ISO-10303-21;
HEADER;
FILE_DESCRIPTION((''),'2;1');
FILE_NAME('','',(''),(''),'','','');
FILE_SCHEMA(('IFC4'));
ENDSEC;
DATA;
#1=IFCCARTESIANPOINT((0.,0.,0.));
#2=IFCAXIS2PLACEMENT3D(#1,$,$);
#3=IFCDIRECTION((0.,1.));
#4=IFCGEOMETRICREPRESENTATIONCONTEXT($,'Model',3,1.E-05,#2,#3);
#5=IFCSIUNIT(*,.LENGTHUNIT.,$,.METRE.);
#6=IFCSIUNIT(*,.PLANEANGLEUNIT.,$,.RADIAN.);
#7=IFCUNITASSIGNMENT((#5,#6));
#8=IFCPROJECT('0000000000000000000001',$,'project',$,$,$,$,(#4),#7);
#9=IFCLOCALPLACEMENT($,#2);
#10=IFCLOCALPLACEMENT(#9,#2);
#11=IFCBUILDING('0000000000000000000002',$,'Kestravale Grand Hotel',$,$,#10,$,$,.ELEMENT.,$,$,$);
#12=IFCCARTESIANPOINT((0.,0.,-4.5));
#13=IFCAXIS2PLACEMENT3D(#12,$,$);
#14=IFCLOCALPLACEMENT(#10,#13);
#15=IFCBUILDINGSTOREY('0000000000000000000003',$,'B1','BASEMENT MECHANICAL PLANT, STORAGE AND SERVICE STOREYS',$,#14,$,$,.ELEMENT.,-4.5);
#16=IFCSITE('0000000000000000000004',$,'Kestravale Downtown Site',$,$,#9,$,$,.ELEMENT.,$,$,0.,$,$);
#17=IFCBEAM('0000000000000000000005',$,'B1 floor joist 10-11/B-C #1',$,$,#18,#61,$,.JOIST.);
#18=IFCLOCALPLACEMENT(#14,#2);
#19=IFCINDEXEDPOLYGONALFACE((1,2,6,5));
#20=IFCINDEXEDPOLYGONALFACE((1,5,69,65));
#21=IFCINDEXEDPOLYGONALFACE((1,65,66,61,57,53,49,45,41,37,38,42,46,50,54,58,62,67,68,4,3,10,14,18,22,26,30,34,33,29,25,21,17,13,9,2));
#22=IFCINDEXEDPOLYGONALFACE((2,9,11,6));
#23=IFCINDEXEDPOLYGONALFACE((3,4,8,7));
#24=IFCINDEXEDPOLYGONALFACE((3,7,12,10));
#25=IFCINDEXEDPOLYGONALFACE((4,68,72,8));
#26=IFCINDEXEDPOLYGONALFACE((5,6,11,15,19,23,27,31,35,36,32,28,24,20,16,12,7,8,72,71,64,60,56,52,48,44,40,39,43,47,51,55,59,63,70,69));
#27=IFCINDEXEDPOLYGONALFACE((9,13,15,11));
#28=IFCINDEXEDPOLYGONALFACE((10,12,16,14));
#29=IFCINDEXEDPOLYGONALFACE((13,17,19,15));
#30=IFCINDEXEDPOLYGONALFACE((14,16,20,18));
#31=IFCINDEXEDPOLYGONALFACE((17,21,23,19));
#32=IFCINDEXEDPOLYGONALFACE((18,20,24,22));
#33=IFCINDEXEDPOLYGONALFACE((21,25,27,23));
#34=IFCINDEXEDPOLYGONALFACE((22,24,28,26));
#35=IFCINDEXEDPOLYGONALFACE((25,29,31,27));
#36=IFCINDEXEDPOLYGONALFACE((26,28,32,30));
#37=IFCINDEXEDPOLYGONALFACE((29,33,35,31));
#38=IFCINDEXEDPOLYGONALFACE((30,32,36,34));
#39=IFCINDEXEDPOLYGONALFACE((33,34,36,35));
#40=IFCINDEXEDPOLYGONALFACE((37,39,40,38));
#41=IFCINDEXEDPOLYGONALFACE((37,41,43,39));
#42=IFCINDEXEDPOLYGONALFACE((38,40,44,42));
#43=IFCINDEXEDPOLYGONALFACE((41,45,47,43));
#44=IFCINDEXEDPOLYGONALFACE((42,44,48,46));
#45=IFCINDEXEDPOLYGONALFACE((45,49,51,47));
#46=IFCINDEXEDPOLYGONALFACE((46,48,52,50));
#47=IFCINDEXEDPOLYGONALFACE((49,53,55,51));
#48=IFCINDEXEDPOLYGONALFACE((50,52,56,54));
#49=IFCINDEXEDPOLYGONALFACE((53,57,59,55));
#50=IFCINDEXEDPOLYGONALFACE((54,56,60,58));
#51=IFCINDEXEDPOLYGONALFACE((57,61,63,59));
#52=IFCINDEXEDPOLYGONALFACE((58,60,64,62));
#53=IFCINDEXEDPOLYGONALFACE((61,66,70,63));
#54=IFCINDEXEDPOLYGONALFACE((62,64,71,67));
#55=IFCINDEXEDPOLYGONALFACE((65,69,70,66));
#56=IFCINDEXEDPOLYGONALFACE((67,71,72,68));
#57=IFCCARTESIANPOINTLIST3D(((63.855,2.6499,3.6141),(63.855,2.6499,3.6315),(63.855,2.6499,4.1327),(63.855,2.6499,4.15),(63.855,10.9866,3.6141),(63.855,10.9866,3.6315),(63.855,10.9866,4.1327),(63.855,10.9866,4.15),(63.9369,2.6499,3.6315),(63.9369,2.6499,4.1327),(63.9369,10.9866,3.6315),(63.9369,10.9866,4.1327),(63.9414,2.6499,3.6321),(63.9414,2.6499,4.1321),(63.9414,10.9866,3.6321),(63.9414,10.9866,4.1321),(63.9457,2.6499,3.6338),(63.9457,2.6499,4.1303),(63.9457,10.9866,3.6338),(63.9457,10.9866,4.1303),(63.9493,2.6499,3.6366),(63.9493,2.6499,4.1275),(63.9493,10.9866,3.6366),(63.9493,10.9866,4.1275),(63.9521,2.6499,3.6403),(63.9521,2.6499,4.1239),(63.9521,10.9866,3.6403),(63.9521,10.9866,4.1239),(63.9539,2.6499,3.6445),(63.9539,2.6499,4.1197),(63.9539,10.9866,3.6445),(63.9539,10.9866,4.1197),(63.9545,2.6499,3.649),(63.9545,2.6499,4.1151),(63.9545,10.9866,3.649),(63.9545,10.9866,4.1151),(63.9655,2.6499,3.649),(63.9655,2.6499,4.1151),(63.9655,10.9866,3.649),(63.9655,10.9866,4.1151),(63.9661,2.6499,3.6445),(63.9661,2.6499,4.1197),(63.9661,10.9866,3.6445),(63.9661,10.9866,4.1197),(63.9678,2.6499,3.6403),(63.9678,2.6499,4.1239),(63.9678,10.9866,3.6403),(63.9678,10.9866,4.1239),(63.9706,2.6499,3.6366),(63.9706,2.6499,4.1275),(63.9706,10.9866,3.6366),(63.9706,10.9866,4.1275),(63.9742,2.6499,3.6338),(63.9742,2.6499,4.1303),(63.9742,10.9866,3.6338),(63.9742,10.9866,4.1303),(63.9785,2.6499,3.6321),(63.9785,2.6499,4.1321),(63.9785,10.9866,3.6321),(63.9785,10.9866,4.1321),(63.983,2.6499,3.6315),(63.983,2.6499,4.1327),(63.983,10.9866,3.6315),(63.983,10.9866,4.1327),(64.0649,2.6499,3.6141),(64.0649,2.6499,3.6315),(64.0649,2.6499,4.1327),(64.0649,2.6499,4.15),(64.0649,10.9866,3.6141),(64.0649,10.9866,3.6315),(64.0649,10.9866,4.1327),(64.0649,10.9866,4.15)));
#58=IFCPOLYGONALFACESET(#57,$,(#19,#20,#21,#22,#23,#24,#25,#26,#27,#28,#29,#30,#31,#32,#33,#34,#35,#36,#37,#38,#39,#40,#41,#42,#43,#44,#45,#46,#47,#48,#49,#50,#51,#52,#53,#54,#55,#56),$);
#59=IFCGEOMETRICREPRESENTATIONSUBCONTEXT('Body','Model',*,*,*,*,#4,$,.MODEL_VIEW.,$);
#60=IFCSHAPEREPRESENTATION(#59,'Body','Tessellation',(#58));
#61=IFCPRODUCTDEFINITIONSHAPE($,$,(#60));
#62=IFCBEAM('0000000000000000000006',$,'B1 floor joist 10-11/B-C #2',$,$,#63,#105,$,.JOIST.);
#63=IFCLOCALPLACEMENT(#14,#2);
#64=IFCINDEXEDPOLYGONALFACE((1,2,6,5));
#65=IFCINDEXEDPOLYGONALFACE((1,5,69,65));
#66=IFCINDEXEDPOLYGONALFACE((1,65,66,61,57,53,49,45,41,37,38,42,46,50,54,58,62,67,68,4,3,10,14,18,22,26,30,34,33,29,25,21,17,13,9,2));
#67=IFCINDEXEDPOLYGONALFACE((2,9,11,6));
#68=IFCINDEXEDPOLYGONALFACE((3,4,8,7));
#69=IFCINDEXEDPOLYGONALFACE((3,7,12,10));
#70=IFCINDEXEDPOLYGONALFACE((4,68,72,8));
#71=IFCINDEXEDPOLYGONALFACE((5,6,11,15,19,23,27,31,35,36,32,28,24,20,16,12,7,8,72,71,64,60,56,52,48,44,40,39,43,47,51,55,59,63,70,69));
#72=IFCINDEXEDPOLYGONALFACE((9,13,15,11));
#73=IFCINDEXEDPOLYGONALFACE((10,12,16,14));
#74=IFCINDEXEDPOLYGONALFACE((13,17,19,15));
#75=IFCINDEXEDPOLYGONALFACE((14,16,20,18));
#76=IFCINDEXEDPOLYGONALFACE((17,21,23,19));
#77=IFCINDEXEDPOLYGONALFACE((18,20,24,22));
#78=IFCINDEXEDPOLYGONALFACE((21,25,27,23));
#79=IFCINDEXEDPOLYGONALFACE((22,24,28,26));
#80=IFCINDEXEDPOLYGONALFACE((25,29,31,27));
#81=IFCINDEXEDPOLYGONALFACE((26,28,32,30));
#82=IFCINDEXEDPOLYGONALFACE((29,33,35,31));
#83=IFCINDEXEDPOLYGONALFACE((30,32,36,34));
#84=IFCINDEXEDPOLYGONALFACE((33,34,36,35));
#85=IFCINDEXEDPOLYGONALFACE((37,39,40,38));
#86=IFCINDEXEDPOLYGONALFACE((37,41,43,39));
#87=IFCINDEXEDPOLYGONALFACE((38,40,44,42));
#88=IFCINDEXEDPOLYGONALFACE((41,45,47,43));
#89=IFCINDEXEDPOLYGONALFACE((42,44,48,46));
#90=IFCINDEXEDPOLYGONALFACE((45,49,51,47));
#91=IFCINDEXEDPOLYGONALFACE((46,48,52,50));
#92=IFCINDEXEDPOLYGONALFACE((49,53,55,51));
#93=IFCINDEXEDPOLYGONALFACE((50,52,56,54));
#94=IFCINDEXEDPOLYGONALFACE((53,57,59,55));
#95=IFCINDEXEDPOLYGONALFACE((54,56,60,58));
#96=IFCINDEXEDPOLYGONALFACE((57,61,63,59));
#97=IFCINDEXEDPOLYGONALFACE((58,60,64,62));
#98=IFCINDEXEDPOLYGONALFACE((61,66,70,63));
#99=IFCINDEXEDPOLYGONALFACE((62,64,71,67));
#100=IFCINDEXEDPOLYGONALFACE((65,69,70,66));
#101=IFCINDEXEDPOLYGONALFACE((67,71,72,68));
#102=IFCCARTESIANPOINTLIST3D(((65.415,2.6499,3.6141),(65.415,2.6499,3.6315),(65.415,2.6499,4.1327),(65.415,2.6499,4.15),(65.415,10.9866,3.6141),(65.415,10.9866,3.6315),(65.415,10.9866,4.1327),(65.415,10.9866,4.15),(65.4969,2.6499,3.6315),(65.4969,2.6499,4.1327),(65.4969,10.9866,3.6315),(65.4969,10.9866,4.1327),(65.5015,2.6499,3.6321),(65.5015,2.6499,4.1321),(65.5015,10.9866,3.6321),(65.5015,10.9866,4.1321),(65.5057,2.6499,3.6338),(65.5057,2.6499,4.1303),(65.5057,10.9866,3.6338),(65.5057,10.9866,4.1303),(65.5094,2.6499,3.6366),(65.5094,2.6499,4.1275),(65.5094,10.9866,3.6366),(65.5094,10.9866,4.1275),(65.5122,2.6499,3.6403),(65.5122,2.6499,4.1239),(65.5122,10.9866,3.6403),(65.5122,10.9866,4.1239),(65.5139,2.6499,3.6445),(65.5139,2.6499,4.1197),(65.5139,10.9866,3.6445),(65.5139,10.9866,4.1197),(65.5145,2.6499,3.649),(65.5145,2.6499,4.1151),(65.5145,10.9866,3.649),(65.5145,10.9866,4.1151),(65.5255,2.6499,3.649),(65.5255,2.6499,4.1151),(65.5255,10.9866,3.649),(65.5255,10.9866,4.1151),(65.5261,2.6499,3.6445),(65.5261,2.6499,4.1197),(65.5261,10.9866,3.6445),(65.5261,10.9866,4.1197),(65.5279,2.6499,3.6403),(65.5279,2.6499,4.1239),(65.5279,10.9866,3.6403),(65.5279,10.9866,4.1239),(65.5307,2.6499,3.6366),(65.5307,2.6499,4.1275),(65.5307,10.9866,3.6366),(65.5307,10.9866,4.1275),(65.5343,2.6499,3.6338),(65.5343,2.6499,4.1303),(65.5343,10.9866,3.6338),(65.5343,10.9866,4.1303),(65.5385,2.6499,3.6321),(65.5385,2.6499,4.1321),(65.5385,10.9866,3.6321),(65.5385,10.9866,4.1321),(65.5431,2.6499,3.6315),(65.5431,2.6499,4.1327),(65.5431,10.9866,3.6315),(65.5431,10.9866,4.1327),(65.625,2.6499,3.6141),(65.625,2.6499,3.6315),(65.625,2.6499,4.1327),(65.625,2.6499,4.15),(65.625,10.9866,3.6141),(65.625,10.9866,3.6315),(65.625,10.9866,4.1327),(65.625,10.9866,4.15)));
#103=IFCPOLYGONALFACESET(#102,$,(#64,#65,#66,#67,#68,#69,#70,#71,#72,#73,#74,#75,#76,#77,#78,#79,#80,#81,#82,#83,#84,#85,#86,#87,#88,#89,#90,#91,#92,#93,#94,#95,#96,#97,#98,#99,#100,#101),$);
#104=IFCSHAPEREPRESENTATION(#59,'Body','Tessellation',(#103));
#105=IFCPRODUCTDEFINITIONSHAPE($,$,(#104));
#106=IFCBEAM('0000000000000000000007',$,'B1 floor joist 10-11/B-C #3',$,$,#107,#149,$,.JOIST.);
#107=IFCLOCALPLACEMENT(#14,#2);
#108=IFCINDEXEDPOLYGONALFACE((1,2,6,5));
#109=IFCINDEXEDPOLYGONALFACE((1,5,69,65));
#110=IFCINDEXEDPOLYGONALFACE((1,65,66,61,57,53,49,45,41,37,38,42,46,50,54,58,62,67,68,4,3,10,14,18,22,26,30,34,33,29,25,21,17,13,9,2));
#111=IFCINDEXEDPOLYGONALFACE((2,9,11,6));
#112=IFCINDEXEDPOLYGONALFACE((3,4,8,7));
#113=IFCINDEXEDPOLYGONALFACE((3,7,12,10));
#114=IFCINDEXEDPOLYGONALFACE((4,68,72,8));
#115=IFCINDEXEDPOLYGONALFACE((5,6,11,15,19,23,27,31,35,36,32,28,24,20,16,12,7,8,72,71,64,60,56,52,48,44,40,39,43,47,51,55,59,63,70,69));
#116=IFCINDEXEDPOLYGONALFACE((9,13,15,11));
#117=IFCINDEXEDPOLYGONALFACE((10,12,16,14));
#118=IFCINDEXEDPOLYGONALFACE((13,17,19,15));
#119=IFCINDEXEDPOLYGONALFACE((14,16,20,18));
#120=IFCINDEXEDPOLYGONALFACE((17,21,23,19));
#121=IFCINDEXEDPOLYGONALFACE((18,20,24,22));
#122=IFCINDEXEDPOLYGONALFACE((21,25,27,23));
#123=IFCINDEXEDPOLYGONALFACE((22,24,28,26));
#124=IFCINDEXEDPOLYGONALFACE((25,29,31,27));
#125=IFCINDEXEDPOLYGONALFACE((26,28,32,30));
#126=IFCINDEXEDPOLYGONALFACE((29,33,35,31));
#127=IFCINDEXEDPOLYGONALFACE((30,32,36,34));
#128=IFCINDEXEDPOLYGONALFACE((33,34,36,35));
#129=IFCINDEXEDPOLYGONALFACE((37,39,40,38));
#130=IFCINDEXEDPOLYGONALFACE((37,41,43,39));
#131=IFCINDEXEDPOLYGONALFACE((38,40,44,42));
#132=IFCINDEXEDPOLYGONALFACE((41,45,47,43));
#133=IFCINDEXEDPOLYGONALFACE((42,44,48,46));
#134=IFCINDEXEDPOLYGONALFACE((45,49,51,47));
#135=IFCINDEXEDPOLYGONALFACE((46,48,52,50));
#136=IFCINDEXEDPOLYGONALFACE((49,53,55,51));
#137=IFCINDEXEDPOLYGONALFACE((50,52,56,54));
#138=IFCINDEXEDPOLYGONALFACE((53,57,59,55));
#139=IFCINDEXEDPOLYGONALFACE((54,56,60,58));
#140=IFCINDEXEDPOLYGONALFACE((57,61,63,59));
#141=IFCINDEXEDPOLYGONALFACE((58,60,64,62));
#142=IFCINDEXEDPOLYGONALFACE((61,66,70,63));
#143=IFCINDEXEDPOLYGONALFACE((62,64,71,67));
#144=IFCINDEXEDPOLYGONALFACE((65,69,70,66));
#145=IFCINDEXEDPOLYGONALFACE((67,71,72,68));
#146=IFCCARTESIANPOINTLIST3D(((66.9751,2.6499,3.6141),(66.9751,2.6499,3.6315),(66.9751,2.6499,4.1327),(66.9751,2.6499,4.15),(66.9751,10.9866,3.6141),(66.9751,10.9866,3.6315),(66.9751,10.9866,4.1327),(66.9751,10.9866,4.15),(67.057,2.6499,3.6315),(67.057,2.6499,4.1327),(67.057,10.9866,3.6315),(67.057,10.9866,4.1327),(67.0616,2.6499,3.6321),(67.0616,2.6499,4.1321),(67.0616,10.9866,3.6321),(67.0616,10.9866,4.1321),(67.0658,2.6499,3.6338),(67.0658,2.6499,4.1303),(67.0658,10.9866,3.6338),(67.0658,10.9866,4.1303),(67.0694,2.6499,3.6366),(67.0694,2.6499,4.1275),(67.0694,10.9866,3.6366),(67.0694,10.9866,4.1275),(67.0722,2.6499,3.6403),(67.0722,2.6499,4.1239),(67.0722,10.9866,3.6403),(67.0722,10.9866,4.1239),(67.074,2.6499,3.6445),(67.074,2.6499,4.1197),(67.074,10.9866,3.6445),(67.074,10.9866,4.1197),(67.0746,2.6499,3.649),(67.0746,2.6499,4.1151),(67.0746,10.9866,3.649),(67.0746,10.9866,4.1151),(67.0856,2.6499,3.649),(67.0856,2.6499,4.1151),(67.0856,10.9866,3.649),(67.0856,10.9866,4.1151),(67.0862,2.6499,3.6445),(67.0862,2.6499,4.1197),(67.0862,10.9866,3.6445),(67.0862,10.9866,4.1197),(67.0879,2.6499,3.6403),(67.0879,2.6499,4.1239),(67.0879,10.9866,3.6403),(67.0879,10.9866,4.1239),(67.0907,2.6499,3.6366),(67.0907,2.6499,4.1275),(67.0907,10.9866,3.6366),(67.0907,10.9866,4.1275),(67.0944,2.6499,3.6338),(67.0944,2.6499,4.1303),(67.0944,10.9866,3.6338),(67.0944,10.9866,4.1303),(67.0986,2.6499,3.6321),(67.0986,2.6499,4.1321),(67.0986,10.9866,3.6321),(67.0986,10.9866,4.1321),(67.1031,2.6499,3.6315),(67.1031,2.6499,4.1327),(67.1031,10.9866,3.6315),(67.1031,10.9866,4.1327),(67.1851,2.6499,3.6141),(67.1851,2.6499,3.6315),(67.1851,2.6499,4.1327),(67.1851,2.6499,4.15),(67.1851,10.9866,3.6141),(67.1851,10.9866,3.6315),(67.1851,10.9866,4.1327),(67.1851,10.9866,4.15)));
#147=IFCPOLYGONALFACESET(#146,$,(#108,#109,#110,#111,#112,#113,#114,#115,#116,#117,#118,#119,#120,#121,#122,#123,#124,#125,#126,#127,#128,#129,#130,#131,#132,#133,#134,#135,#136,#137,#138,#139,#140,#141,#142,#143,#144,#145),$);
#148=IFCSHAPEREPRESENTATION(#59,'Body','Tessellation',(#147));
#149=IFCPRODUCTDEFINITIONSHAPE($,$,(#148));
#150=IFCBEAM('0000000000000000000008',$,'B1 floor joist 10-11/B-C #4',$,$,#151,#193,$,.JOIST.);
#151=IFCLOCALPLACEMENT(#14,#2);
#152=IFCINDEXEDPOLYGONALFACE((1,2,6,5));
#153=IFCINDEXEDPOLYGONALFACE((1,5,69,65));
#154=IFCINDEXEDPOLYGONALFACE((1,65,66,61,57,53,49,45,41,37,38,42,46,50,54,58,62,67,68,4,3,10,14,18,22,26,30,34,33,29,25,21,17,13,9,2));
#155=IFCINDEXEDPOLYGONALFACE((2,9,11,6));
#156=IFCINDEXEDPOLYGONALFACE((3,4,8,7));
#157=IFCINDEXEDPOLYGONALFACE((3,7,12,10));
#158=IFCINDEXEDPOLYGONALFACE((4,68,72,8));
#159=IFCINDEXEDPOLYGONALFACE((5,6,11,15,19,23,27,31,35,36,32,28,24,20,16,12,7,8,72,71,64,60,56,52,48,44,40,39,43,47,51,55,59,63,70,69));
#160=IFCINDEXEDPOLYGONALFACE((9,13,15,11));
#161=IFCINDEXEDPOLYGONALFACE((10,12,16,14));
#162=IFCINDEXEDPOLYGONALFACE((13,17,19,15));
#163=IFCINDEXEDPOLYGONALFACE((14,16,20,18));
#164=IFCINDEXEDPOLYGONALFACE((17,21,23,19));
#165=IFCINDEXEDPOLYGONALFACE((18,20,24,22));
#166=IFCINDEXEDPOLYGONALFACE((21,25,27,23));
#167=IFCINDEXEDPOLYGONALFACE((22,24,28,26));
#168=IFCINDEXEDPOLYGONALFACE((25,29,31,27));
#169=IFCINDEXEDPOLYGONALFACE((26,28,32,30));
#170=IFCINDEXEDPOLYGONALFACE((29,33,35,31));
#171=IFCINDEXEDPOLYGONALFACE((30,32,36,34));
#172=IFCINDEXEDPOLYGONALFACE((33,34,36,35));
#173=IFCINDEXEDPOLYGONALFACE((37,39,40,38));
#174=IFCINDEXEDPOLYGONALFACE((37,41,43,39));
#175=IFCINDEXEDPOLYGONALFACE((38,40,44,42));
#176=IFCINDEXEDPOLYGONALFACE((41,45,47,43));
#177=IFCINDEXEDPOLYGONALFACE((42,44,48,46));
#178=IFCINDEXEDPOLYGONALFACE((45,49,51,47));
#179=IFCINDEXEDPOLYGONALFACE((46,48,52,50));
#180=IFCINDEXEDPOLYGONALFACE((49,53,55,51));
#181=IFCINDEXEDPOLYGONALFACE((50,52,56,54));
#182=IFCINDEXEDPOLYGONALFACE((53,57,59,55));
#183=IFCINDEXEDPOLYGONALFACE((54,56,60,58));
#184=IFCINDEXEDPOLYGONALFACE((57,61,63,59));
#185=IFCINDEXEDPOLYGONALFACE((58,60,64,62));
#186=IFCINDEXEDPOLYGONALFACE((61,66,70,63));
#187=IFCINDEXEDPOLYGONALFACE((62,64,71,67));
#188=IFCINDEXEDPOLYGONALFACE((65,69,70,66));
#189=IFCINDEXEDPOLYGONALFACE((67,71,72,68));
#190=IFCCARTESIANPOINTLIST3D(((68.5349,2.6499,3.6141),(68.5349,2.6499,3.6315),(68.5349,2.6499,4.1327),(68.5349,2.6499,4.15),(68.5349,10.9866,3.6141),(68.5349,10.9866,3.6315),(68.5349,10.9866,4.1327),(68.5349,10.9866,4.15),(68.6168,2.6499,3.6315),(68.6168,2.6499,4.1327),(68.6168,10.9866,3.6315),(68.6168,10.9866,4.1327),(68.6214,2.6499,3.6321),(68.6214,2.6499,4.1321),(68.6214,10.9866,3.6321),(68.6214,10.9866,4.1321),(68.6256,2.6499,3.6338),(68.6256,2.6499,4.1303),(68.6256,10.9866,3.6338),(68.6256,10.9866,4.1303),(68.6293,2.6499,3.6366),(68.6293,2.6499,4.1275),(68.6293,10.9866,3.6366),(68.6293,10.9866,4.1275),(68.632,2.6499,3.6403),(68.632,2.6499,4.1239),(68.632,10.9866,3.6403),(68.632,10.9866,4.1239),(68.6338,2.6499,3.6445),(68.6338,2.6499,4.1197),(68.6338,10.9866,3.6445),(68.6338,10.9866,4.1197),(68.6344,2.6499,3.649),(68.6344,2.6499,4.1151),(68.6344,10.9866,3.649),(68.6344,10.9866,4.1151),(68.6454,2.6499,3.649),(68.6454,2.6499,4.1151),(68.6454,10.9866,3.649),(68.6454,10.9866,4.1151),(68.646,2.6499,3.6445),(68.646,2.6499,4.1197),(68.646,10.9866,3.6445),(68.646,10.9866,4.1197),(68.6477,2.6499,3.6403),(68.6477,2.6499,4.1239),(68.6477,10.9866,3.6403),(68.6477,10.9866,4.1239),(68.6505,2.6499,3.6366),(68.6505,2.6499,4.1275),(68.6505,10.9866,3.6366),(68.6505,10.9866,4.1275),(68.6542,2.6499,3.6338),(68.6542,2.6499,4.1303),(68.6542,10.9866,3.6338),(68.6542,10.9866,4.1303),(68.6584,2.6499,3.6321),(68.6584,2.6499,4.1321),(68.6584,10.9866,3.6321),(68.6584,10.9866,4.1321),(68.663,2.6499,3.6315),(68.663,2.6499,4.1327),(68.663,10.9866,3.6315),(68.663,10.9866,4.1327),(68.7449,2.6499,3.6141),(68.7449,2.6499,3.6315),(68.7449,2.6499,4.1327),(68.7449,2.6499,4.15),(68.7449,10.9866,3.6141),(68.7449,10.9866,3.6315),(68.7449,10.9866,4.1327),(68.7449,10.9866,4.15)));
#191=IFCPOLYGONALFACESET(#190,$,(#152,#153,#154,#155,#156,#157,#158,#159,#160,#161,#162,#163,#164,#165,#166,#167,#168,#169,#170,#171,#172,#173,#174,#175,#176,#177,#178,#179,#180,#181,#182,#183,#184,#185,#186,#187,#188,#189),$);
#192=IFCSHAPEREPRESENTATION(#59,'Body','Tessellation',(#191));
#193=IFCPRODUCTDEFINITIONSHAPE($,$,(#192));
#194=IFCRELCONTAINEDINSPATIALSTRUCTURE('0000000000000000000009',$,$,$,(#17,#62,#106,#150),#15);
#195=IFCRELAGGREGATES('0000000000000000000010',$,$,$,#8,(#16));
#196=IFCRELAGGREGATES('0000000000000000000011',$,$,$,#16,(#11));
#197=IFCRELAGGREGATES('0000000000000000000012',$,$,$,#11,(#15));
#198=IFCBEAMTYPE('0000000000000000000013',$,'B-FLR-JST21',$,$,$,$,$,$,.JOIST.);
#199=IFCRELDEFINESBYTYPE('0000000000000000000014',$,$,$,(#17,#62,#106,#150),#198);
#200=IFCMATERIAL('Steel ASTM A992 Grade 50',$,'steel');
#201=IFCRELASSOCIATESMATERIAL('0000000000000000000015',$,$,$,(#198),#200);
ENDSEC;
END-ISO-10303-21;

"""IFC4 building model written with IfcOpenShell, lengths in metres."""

from ifc_helpers import new_model, si_unit, direction, frame, origin, origin_2d, place, context, subcontext, project, spatial, i_section, extrude, material, material_profile, profile_set, type_object, element, save


model = new_model("IFC4")

# Units and contexts
model_context = context("Model", 3, precision=1e-05, world=origin(), true_north=direction((0.0, 1.0)))
body_context = subcontext(model_context, "Body", "Model", "MODEL_VIEW")
ifc_project = project(units=[si_unit("LENGTHUNIT", "METRE"), si_unit("PLANEANGLEUNIT", "RADIAN")], contexts=[model_context])

# Site, building, storey
site_placement = place(None, origin())
site = spatial("IfcSite", under=ifc_project, at=site_placement, Name="Kestravale Downtown Site", CompositionType="ELEMENT", RefElevation=0.0)
building_placement = place(site_placement, origin())
building = spatial("IfcBuilding", under=site, at=building_placement, Name="Kestravale Grand Hotel", CompositionType="ELEMENT")
storey_placement = place(building_placement, frame((0.0, 0.0, -4.5)))
storey = spatial("IfcBuildingStorey", under=building, at=storey_placement, Name="B1", Description="BASEMENT MECHANICAL PLANT, STORAGE AND SERVICE STOREYS", CompositionType="ELEMENT", Elevation=-4.5)

# Beams
ifc_material_1 = material(Name="Steel ASTM A992 Grade 50", Category="steel")
ifc_material_profile_1 = material_profile(ifc_material_1, i_section(OverallWidth=0.21, OverallDepth=0.5359, WebThickness=0.011, FlangeThickness=0.0173, FilletRadius=0.0176, at=origin_2d()))
ifc_profile_set_1 = profile_set([ifc_material_profile_1], Name="Steel ASTM A992 Grade 50")
beam_type_1 = type_object("IfcBeamType", Name="B-FLR-JST21", PredefinedType="JOIST", material=ifc_profile_set_1)
for number, where, z_axis, x_axis, name in (
    (1, (63.96, 2.6499, 3.8821), (0.0, 1.0, 0.0), (-1.0, 0.0, 0.0), "B1 floor joist 10-11/B-C #1"),
    (2, (65.52, 2.6499, 3.8821), (0.0, 1.0, 0.0), (-1.0, 0.0, 0.0), "B1 floor joist 10-11/B-C #2"),
    (3, (67.0801, 2.6499, 3.8821), (0.0, 1.0, 0.0), (-1.0, 0.0, 0.0), "B1 floor joist 10-11/B-C #3"),
    (4, (68.6399, 2.6499, 3.8821), (0.0, 1.0, 0.0), (-1.0, 0.0, 0.0), "B1 floor joist 10-11/B-C #4"),
):
    element("IfcBeam", number, at=place(storey_placement, frame(where, z_axis=z_axis, x_axis=x_axis)), inside=storey, type_object=beam_type_1, Name=name, PredefinedType="JOIST", context=body_context, shape_type="SweptSolid", body=[
        extrude(i_section(OverallWidth=0.21, OverallDepth=0.5359, WebThickness=0.011, FlangeThickness=0.0173, FilletRadius=0.0176, at=origin_2d()), origin(), (0.0, 0.0, 1.0), 8.3367),
    ])

save(model, "model.ifc")
